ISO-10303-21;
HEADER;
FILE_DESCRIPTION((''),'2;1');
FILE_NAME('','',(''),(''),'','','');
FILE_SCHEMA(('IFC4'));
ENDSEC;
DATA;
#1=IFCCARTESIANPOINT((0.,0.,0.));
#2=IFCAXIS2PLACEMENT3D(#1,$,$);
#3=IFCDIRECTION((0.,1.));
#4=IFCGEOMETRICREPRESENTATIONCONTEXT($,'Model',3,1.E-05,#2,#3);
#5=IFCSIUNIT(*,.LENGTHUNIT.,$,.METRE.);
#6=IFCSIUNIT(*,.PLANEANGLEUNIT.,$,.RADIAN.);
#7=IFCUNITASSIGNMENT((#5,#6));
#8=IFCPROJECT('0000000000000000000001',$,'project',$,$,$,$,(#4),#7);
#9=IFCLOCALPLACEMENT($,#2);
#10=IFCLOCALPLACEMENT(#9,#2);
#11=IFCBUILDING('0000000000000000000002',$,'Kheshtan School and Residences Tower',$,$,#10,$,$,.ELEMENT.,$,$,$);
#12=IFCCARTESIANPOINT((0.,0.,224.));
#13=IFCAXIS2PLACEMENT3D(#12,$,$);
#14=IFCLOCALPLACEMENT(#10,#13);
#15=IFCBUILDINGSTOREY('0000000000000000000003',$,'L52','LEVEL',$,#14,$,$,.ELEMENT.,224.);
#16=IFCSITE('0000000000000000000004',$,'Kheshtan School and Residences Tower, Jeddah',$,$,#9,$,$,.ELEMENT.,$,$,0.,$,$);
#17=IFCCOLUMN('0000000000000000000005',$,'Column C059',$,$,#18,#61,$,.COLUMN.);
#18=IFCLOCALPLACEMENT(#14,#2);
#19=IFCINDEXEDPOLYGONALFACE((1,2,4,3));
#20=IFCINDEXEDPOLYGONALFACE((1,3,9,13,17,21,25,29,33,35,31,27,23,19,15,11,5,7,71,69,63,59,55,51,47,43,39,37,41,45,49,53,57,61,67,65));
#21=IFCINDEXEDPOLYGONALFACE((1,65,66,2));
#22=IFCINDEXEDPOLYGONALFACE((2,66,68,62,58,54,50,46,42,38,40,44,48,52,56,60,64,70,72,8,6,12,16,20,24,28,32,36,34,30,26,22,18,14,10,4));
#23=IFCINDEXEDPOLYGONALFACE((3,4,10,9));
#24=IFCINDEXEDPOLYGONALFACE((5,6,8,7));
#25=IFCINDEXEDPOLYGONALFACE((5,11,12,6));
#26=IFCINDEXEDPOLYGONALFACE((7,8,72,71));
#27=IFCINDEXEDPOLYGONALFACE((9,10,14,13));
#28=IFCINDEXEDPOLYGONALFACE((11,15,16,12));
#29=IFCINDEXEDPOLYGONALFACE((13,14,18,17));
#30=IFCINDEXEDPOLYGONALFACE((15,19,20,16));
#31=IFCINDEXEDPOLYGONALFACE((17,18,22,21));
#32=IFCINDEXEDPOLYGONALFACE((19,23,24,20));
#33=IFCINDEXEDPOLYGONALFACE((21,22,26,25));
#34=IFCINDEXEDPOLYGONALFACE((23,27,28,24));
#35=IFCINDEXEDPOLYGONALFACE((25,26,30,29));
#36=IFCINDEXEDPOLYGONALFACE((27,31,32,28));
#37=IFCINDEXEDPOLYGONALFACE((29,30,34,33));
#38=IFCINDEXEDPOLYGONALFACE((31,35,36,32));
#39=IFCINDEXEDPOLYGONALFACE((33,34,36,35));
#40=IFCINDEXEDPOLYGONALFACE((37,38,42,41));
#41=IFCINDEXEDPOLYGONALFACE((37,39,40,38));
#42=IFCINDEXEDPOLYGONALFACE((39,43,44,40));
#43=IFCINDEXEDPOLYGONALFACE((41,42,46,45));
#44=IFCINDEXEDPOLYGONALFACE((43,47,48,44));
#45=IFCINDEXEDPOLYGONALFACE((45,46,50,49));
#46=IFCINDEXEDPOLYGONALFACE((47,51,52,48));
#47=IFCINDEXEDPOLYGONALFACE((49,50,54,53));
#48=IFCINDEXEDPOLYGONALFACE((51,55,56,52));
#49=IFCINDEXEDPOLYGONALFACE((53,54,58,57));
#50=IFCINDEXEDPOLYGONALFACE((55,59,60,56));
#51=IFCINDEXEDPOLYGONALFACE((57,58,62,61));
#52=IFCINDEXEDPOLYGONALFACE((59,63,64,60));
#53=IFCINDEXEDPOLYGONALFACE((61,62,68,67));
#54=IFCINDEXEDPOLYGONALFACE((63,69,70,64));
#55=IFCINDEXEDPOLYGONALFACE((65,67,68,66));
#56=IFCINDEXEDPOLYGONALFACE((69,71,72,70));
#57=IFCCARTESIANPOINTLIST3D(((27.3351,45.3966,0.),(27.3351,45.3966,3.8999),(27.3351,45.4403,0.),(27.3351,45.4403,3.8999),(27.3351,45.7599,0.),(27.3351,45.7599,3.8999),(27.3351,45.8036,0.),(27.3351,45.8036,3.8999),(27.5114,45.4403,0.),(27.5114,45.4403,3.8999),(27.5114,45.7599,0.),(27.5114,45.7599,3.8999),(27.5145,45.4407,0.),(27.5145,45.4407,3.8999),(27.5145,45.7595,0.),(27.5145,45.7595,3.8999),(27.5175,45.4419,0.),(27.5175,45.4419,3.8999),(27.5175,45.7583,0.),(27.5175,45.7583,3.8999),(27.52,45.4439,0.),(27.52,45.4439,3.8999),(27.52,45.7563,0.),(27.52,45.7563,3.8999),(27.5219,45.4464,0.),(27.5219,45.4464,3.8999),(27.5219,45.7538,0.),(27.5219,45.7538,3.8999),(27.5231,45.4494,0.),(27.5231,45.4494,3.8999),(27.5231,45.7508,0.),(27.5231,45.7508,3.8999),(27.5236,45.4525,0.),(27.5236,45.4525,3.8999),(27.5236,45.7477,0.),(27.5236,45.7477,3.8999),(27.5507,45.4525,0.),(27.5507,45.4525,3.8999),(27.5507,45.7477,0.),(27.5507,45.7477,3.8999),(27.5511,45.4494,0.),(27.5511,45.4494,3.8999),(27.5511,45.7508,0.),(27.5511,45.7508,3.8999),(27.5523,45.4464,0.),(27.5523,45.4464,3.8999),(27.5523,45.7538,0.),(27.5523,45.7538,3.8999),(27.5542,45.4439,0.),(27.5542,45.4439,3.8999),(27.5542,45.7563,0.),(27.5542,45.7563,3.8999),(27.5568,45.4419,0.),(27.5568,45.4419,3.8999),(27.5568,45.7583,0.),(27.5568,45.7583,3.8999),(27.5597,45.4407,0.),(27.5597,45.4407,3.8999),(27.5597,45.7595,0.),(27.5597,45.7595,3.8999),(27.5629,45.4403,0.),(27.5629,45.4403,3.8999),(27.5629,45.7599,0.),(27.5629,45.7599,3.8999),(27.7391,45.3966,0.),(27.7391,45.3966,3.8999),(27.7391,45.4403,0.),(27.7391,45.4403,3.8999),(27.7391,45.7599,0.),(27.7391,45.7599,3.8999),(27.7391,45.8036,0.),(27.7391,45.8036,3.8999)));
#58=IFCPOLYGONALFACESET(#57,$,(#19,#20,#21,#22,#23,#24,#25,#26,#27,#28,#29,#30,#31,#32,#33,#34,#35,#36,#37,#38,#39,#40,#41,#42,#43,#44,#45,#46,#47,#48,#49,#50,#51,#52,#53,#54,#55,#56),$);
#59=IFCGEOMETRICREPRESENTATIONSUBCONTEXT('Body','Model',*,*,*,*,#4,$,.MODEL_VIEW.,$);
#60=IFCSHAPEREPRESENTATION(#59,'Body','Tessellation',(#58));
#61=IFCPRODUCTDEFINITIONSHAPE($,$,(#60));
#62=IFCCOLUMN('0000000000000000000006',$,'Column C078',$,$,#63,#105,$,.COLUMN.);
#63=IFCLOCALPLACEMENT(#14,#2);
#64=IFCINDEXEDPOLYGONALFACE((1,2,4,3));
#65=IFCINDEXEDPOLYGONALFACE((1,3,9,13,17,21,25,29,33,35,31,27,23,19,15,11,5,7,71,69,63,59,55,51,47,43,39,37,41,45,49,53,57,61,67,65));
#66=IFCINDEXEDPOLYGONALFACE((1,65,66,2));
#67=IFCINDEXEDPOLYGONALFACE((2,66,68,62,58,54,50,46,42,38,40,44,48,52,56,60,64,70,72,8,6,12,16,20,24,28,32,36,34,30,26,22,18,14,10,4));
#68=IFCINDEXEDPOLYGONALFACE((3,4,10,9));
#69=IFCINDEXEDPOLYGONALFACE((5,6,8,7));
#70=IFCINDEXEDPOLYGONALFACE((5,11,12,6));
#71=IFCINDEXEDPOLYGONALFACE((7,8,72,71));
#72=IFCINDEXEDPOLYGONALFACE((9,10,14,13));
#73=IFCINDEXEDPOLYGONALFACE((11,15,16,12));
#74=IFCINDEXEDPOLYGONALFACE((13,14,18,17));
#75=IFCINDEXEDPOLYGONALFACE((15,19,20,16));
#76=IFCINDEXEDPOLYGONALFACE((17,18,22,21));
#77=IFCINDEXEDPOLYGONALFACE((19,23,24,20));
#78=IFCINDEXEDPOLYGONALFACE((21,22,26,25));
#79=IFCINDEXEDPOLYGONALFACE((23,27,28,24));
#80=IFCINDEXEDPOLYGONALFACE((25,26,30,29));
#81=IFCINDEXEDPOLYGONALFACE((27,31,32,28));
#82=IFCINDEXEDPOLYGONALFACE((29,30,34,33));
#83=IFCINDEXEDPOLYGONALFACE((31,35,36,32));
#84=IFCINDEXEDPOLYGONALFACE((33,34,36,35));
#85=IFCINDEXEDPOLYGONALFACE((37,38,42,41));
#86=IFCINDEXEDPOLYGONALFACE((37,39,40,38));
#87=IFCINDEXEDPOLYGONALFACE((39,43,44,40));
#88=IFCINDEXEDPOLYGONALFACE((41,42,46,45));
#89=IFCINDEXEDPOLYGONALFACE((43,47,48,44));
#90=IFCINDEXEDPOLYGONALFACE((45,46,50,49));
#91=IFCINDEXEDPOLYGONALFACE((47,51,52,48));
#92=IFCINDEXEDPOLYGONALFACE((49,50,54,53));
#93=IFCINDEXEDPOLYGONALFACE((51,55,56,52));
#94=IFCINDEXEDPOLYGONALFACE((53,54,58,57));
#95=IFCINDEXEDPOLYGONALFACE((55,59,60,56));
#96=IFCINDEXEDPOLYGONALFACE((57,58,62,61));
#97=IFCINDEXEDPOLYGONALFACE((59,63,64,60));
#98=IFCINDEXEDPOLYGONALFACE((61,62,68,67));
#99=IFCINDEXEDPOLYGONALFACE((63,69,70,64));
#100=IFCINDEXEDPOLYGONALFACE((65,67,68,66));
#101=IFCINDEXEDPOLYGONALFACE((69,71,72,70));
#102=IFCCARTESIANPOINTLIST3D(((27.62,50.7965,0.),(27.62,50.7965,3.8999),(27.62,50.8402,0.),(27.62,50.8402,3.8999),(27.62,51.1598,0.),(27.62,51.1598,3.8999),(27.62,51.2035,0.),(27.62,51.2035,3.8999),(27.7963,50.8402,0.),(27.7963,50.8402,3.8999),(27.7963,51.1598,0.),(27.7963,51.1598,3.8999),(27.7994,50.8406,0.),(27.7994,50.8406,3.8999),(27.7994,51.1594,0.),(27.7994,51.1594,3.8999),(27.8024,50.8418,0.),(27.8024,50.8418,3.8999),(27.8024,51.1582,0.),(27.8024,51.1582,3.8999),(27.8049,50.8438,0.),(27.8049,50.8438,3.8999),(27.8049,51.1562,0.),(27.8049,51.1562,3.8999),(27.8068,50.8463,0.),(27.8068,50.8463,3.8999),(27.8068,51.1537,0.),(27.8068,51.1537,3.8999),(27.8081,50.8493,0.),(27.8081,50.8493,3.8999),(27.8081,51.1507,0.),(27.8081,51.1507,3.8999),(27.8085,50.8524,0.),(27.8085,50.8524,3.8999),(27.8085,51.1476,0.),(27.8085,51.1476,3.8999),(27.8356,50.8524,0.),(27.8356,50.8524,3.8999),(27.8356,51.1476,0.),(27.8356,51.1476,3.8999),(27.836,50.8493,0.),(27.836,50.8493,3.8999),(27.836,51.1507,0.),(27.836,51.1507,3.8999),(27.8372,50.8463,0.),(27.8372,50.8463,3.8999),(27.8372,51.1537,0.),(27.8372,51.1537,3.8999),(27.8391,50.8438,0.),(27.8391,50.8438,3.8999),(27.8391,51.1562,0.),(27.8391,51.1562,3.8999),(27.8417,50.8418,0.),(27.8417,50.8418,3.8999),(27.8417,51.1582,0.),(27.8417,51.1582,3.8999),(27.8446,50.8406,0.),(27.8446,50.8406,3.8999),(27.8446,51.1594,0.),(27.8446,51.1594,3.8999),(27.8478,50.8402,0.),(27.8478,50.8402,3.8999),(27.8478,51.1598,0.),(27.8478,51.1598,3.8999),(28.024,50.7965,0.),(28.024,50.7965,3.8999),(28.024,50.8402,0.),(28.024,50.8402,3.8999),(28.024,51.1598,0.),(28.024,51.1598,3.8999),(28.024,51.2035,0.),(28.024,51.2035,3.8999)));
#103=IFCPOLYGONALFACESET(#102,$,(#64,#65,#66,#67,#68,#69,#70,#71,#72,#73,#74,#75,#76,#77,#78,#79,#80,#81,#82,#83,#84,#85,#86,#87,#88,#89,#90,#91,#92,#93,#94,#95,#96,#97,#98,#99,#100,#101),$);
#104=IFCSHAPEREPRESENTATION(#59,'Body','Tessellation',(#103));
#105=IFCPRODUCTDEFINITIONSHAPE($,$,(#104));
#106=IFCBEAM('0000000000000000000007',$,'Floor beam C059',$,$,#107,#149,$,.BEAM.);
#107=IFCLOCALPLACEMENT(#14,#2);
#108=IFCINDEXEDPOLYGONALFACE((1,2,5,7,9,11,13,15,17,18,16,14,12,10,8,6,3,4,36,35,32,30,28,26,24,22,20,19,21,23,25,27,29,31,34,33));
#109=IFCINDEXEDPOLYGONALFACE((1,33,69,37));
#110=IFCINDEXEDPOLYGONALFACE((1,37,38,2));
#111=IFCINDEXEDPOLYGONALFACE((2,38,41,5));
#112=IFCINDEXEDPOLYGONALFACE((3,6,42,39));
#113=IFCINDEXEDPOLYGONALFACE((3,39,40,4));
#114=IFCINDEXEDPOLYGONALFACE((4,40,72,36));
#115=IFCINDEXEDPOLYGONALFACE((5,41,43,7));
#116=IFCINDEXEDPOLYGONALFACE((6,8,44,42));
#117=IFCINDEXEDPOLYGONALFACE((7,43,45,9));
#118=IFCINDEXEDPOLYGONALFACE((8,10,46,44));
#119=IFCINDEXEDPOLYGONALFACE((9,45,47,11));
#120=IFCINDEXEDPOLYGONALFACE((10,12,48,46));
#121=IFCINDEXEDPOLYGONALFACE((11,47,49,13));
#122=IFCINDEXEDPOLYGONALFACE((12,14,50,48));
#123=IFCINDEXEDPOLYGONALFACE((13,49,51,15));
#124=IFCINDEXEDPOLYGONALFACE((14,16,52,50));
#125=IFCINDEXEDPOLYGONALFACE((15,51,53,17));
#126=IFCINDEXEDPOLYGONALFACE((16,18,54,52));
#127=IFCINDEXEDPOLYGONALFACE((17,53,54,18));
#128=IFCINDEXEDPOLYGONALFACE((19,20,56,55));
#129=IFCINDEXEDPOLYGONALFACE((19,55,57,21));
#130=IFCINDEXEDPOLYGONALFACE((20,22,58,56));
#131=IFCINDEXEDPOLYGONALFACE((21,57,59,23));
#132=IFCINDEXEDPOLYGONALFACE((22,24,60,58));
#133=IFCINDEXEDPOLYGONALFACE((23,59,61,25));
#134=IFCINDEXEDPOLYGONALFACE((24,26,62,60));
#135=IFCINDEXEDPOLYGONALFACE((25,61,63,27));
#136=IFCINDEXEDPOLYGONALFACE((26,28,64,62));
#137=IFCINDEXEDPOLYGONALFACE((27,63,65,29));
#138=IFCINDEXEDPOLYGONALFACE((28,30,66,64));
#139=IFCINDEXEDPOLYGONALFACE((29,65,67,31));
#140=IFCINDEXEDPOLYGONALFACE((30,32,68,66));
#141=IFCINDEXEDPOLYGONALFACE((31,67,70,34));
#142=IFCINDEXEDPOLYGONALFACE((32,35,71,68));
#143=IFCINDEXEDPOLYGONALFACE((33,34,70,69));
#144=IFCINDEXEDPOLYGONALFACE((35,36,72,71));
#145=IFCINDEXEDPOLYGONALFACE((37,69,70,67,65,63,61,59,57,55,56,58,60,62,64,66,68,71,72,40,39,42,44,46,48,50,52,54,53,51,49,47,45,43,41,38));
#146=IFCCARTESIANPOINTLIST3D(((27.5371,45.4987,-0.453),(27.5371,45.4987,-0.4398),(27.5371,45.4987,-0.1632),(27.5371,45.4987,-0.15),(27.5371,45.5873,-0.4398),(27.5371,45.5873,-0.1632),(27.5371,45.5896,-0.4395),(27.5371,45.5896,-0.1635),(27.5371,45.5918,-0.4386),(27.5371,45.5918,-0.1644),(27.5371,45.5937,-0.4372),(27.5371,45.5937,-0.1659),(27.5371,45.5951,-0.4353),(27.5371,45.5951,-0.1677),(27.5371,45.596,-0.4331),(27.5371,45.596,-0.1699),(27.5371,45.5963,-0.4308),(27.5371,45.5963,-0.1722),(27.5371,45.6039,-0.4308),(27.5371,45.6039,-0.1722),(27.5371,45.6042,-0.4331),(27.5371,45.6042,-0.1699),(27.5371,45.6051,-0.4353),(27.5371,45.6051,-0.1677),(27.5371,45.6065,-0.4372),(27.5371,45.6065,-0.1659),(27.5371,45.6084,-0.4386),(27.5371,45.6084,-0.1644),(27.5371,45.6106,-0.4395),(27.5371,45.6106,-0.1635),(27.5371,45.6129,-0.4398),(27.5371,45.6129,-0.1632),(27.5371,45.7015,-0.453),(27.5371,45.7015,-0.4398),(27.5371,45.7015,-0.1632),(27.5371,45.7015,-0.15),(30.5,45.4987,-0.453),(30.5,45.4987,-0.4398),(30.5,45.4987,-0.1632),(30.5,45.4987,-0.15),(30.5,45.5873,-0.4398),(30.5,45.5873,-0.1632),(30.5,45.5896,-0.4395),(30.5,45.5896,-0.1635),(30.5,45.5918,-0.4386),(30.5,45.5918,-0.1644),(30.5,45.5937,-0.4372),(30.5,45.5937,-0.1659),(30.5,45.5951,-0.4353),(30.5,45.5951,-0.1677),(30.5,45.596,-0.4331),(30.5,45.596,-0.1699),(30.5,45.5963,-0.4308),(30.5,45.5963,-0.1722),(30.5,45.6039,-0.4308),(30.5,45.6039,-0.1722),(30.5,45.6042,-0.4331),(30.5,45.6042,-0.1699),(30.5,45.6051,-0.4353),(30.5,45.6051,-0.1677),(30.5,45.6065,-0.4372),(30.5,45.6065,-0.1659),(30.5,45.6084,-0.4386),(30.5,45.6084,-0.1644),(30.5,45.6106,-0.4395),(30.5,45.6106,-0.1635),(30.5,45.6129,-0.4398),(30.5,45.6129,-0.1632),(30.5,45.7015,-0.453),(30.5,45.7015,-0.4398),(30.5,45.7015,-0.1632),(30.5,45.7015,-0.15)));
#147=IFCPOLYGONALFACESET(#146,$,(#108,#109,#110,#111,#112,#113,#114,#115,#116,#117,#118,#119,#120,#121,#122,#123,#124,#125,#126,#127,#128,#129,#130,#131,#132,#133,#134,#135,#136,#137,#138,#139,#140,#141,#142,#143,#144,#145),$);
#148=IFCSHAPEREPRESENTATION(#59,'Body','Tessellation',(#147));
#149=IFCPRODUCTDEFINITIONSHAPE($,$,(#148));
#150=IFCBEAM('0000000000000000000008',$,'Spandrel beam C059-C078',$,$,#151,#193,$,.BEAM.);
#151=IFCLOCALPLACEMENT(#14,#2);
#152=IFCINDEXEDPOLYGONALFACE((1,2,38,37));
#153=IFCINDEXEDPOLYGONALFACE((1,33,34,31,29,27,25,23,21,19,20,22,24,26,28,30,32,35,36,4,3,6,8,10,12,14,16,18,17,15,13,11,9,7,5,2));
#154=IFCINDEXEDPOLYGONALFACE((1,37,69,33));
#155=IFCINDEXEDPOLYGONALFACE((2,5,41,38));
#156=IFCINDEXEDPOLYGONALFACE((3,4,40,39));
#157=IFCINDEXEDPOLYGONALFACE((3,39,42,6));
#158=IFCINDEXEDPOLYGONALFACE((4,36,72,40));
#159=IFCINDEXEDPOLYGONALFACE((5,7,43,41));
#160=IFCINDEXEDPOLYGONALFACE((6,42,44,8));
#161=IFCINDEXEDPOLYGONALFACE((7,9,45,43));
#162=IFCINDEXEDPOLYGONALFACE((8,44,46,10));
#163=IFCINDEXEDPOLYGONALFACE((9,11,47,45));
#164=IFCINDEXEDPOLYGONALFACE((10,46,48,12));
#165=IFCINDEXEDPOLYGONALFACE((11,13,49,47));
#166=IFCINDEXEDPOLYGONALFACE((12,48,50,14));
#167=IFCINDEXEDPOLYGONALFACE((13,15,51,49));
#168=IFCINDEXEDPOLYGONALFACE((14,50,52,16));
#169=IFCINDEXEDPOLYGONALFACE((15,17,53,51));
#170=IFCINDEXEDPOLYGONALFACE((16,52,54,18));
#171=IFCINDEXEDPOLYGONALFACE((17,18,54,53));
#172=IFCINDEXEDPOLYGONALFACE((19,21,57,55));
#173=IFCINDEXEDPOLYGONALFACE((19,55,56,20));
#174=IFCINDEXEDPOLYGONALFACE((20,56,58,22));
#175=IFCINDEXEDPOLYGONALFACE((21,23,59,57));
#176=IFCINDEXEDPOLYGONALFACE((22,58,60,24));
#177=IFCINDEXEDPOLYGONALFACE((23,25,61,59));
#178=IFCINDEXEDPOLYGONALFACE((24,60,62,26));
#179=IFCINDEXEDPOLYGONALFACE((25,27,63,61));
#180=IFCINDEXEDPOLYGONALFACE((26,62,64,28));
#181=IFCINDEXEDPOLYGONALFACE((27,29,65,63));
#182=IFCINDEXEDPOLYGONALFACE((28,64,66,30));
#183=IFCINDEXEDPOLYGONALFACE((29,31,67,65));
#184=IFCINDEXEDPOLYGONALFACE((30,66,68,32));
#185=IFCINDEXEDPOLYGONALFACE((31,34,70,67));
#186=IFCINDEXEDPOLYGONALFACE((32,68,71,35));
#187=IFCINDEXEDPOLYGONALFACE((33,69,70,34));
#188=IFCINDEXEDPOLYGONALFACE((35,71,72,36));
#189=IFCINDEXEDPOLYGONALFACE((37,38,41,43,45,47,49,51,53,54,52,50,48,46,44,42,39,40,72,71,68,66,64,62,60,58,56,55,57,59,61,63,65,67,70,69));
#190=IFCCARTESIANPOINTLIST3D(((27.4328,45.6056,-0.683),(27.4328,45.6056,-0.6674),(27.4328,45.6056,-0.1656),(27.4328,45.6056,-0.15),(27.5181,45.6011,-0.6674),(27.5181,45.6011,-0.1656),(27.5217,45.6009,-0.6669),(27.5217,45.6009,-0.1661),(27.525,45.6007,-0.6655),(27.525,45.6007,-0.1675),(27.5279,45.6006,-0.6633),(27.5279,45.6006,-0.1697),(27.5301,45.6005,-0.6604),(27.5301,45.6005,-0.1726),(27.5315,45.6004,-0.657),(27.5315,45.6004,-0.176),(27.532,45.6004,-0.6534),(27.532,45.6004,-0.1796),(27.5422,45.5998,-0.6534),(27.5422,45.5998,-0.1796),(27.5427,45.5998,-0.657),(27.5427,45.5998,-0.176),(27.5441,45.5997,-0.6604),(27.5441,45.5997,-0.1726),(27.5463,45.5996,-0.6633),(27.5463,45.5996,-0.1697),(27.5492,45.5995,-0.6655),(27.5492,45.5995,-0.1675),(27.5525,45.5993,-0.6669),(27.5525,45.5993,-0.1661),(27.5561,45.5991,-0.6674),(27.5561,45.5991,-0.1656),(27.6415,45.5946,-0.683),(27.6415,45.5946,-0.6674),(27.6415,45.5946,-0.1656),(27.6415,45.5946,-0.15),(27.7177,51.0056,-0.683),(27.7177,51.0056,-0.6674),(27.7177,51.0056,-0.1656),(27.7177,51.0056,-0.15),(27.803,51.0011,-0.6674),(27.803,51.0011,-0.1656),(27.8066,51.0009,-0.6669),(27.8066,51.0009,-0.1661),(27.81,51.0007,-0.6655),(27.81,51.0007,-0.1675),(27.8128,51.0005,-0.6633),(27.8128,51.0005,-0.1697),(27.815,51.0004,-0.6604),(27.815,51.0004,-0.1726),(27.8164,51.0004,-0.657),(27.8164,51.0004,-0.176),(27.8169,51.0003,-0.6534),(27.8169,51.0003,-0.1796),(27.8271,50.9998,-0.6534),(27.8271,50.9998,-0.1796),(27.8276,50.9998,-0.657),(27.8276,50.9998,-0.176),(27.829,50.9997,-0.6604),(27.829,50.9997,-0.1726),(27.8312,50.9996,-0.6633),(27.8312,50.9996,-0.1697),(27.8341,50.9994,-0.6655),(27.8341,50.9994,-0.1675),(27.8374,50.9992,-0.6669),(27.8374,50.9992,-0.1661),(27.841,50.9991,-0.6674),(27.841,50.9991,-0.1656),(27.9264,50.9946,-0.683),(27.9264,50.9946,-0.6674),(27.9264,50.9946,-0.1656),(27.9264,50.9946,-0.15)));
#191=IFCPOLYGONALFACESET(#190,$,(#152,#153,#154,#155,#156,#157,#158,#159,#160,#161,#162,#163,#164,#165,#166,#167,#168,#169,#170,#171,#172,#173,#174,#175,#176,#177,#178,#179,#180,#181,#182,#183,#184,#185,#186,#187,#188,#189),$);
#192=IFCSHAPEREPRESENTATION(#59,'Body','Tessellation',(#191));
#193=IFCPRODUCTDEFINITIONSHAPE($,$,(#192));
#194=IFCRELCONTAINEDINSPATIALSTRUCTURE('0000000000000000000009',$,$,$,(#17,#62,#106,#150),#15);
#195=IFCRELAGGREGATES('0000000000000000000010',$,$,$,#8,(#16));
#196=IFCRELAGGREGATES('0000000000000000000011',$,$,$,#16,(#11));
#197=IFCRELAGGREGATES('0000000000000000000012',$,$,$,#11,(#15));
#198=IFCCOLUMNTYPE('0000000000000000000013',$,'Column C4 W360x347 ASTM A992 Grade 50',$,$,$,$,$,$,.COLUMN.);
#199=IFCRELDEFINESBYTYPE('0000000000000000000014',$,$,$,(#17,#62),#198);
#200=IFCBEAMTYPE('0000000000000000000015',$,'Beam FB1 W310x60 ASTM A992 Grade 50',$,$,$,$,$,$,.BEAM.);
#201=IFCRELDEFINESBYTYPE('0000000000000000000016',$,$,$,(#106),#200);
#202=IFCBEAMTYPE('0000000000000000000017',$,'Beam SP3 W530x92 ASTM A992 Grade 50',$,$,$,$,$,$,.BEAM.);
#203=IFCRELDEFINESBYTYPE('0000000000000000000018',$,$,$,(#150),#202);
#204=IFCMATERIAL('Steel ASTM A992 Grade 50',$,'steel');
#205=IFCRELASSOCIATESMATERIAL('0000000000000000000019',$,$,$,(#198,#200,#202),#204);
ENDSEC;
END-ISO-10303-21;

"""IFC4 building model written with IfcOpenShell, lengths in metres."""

from ifc_helpers import new_model, si_unit, direction, frame, origin, origin_2d, place, context, subcontext, project, spatial, i_section, extrude, material, material_profile, profile_set, type_object, element, save


model = new_model("IFC4")

# Units and contexts
model_context = context("Model", 3, precision=1e-05, world=origin(), true_north=direction((0.0, 1.0)))
body_context = subcontext(model_context, "Body", "Model", "MODEL_VIEW")
ifc_project = project(units=[si_unit("LENGTHUNIT", "METRE"), si_unit("PLANEANGLEUNIT", "RADIAN")], contexts=[model_context])

# Site, building, storey
site_placement = place(None, origin())
site = spatial("IfcSite", under=ifc_project, at=site_placement, Name="Kheshtan School and Residences Tower, Jeddah", CompositionType="ELEMENT", RefElevation=0.0)
building_placement = place(site_placement, origin())
building = spatial("IfcBuilding", under=site, at=building_placement, Name="Kheshtan School and Residences Tower", CompositionType="ELEMENT")
storey_placement = place(building_placement, frame((0.0, 0.0, 224.0)))
storey = spatial("IfcBuildingStorey", under=building, at=storey_placement, Name="L52", Description="LEVEL", CompositionType="ELEMENT", Elevation=224.0)

# Columns
ifc_material_1 = material(Name="Steel ASTM A992 Grade 50", Category="steel")
ifc_material_profile_1 = material_profile(ifc_material_1, i_section(OverallWidth=0.4041, OverallDepth=0.407, WebThickness=0.0271, FlangeThickness=0.0437, FilletRadius=0.0122, at=origin_2d()), Name="W360x347")
ifc_profile_set_1 = profile_set([ifc_material_profile_1], Name="Steel ASTM A992 Grade 50")
column_type = type_object("IfcColumnType", Name="Column C4 W360x347 ASTM A992 Grade 50", PredefinedType="COLUMN", material=ifc_profile_set_1)
for number, where, z_axis, x_axis, name in (
    (1, (27.5371, 45.6001, 0.0), (0.0, 0.0, 1.0), (1.0, 0.0, 0.0), "Column C059"),
    (2, (27.822, 51.0, 0.0), (0.0, 0.0, 1.0), (1.0, 0.0, 0.0), "Column C078"),
):
    element("IfcColumn", number, at=place(storey_placement, frame(where, z_axis=z_axis, x_axis=x_axis)), inside=storey, type_object=column_type, Name=name, PredefinedType="COLUMN", context=body_context, shape_type="SweptSolid", body=[
        extrude(i_section(OverallWidth=0.4041, OverallDepth=0.407, WebThickness=0.0271, FlangeThickness=0.0437, FilletRadius=0.0122, at=origin_2d()), origin(), (0.0, 0.0, 1.0), 3.8999),
    ])

# Beams
ifc_material_profile_2 = material_profile(ifc_material_1, i_section(OverallWidth=0.2029, OverallDepth=0.303, WebThickness=0.0076, FlangeThickness=0.0132, FilletRadius=0.009, at=origin_2d()), Name="W310x60")
ifc_profile_set_2 = profile_set([ifc_material_profile_2], Name="Steel ASTM A992 Grade 50")
beam_type_1 = type_object("IfcBeamType", Name="Beam FB1 W310x60 ASTM A992 Grade 50", PredefinedType="BEAM", material=ifc_profile_set_2)
beam_placement = place(storey_placement, frame((27.5371, 45.6001, -0.3015), z_axis=(1.0, 0.0, 0.0), x_axis=(0.0, 1.0, 0.0)))
element("IfcBeam", 3, at=beam_placement, inside=storey, type_object=beam_type_1, Name="Floor beam C059", PredefinedType="BEAM", context=body_context, shape_type="SweptSolid", body=[
    extrude(i_section(OverallWidth=0.2029, OverallDepth=0.303, WebThickness=0.0076, FlangeThickness=0.0132, FilletRadius=0.009, at=origin_2d()), origin(), (0.0, 0.0, 1.0), 2.9629),
])
ifc_material_profile_3 = material_profile(ifc_material_1, i_section(OverallWidth=0.209, OverallDepth=0.533, WebThickness=0.0103, FlangeThickness=0.0156, FilletRadius=0.0139, at=origin_2d()), Name="W530x92")
ifc_profile_set_3 = profile_set([ifc_material_profile_3], Name="Steel ASTM A992 Grade 50")
beam_type_2 = type_object("IfcBeamType", Name="Beam SP3 W530x92 ASTM A992 Grade 50", PredefinedType="BEAM", material=ifc_profile_set_3)
for number, where, z_axis, x_axis, name in (
    (4, (27.5371, 45.6001, -0.4165), (0.052689, 0.998611, 0.0), (-0.998611, 0.052689, 0.0), "Spandrel beam C059-C078"),
):
    element("IfcBeam", number, at=place(storey_placement, frame(where, z_axis=z_axis, x_axis=x_axis)), inside=storey, type_object=beam_type_2, Name=name, PredefinedType="BEAM", context=body_context, shape_type="SweptSolid", body=[
        extrude(i_section(OverallWidth=0.209, OverallDepth=0.533, WebThickness=0.0103, FlangeThickness=0.0156, FilletRadius=0.0139, at=origin_2d()), origin(), (0.0, 0.0, 1.0), 5.4075),
    ])

save(model, "model.ifc")
